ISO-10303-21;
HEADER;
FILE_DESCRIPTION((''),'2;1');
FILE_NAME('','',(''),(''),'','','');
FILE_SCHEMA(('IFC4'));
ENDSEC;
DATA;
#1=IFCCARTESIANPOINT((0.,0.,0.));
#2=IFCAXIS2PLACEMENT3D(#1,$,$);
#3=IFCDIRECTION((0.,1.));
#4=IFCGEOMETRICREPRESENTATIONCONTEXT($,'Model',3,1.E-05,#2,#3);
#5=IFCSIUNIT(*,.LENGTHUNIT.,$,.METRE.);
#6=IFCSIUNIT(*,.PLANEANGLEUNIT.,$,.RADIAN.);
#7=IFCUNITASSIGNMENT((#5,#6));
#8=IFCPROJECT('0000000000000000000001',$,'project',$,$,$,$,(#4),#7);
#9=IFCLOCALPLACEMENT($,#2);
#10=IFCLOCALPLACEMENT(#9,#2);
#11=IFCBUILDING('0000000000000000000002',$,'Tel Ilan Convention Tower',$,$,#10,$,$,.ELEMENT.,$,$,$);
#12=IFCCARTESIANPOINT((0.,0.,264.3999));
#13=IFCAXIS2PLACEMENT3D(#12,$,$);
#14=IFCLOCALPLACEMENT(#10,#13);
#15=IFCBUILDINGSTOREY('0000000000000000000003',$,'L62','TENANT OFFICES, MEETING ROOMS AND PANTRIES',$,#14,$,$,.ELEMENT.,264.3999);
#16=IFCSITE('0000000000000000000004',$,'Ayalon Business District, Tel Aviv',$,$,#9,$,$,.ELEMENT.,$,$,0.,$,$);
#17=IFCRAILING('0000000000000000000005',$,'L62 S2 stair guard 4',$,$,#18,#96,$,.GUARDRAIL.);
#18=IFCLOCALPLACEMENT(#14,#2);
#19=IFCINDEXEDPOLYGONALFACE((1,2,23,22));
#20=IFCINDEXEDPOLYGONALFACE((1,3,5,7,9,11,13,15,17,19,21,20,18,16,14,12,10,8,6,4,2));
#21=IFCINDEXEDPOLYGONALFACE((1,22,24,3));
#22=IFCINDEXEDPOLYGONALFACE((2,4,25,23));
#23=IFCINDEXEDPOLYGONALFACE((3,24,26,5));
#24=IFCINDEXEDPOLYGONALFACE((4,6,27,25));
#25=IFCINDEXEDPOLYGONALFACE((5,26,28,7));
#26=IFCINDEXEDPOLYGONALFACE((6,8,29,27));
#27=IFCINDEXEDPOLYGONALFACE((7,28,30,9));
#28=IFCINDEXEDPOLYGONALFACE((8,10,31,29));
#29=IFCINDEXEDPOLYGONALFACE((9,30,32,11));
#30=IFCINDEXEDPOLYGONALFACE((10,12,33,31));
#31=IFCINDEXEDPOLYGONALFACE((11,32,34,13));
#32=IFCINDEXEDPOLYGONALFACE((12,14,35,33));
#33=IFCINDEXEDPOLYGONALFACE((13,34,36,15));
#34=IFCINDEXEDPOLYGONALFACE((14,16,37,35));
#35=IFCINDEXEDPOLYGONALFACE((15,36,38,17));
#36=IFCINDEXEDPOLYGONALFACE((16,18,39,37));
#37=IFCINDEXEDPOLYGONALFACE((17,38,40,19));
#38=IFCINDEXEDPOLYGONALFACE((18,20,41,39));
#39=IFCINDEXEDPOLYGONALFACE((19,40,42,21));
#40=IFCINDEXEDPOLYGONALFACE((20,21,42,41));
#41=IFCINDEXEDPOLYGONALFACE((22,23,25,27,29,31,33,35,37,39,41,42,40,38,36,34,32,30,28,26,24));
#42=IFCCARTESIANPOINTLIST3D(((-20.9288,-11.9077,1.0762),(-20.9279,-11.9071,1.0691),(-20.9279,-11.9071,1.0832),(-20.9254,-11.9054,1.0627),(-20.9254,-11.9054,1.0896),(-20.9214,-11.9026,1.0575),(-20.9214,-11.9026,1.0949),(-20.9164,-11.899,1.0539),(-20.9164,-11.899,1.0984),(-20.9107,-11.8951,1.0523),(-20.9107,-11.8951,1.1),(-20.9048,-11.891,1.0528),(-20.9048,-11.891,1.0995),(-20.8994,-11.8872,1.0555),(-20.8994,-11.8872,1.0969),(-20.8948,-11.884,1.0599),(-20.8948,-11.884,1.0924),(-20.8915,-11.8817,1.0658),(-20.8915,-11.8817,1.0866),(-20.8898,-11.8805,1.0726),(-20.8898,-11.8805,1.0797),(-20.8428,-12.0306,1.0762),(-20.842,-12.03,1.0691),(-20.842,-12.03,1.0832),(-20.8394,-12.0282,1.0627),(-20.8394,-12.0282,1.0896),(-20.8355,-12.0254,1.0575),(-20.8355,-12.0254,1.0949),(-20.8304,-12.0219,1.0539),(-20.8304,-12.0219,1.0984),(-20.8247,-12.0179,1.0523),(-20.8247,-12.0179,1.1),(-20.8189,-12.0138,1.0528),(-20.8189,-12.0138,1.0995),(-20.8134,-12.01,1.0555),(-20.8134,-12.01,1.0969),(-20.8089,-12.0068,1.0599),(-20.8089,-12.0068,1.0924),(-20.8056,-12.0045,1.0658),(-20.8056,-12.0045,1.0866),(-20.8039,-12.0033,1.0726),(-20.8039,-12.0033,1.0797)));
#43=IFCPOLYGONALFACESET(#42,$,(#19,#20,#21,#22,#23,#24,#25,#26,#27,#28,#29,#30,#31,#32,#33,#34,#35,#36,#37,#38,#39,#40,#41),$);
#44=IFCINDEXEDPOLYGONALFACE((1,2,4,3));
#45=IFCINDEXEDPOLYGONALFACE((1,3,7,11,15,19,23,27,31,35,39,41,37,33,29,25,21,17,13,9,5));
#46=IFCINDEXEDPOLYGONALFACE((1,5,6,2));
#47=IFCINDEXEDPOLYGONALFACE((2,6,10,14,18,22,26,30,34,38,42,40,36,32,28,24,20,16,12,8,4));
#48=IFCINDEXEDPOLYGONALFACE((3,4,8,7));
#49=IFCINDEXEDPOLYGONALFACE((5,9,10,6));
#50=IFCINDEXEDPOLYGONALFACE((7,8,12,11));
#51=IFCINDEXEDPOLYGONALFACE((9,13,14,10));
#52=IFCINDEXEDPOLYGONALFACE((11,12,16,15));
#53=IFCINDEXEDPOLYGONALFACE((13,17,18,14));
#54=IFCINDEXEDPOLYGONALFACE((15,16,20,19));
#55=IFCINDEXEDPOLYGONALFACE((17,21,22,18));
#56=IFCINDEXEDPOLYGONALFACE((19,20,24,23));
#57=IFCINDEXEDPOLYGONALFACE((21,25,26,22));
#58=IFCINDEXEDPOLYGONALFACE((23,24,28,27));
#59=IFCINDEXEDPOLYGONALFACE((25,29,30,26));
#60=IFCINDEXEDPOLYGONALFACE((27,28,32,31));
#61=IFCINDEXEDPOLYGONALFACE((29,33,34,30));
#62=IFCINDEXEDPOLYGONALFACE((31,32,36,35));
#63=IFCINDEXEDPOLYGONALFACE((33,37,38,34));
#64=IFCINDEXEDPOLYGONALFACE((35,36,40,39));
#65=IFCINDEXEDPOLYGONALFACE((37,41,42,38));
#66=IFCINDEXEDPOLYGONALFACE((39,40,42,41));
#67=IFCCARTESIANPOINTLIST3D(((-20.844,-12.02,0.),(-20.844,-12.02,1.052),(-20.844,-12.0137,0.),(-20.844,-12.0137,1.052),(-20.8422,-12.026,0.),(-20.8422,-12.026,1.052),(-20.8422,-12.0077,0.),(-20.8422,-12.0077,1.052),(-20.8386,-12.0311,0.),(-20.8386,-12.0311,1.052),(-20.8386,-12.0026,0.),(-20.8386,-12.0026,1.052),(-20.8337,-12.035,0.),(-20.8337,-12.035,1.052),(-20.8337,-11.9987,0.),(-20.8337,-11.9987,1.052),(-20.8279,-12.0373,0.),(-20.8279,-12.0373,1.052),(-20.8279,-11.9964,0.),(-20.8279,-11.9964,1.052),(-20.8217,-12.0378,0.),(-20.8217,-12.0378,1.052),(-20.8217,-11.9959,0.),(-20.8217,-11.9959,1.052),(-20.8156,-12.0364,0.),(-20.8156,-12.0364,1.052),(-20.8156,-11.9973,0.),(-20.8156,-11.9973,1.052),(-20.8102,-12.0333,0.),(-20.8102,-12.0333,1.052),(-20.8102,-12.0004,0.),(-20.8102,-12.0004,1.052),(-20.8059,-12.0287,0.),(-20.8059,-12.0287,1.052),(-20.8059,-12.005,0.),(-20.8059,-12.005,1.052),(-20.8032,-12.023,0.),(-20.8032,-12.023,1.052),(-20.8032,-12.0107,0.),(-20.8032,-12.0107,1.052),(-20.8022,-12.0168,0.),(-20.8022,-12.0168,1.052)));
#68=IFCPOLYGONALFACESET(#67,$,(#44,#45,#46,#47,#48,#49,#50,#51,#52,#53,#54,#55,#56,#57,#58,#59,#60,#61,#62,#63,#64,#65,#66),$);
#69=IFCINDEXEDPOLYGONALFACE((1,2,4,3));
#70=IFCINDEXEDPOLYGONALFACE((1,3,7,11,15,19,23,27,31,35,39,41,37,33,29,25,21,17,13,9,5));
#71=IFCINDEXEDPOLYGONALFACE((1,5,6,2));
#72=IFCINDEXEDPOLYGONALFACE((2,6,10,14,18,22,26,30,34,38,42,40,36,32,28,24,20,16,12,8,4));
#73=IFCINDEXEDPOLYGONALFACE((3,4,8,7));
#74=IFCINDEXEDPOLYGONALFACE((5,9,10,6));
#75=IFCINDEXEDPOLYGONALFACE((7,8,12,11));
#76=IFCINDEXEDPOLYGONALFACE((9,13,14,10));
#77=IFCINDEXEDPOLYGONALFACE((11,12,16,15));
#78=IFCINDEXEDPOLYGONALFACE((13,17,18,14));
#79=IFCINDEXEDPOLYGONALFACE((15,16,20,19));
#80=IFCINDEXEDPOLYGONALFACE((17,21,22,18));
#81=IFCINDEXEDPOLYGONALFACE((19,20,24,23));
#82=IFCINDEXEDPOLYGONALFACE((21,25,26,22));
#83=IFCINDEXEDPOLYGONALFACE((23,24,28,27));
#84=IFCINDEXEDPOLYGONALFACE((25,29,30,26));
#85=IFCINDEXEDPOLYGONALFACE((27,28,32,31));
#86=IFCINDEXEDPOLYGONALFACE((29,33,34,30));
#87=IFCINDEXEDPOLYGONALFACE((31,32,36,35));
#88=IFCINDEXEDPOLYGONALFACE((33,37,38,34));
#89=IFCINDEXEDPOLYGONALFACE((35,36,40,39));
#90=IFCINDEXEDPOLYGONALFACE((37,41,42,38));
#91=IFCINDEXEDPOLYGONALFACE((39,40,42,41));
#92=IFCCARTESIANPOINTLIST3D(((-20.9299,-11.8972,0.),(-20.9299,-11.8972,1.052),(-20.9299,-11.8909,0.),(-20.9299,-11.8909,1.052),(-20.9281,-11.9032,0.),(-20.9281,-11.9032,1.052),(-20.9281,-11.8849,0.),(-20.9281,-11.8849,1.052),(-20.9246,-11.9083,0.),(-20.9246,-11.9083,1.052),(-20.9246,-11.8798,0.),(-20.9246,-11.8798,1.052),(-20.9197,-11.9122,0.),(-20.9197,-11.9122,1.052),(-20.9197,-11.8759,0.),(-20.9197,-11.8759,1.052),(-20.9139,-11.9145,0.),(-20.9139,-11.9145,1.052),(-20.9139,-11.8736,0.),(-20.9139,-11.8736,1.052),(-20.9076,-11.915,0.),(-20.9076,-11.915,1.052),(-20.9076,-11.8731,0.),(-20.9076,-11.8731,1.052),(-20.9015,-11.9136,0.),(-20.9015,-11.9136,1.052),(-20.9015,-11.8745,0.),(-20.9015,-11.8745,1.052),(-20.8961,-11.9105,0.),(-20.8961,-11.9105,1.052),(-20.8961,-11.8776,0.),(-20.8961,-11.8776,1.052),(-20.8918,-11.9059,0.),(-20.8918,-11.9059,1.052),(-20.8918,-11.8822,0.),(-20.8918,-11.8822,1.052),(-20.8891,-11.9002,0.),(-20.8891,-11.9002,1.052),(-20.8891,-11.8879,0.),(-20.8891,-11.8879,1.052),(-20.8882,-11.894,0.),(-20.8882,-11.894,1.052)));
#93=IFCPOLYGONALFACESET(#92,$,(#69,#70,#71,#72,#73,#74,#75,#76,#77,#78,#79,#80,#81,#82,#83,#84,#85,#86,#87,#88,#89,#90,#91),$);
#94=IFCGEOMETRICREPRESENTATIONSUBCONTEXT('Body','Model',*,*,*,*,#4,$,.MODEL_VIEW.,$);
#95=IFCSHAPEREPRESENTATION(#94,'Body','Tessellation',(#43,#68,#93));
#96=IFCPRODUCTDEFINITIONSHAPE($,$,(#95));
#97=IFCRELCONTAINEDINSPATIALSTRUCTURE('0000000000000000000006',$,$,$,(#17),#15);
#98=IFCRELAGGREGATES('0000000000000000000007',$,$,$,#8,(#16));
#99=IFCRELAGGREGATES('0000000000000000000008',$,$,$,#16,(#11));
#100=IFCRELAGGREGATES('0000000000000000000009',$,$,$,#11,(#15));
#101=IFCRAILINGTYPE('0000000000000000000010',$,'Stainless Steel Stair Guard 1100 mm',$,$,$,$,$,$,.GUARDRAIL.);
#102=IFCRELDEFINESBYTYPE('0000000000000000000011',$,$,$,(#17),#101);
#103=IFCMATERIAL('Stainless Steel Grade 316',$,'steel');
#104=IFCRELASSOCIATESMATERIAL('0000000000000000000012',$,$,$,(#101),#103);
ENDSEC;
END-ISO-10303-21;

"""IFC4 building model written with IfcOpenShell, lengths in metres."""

from ifc_helpers import new_model, si_unit, direction, frame, origin, origin_2d, place, context, subcontext, project, spatial, circle, extrude, material, type_object, element, save


model = new_model("IFC4")

# Units and contexts
model_context = context("Model", 3, precision=1e-05, world=origin(), true_north=direction((0.0, 1.0)))
body_context = subcontext(model_context, "Body", "Model", "MODEL_VIEW")
ifc_project = project(units=[si_unit("LENGTHUNIT", "METRE"), si_unit("PLANEANGLEUNIT", "RADIAN")], contexts=[model_context])

# Site, building, storey
site_placement = place(None, origin())
site = spatial("IfcSite", under=ifc_project, at=site_placement, Name="Ayalon Business District, Tel Aviv", CompositionType="ELEMENT", RefElevation=0.0)
building_placement = place(site_placement, origin())
building = spatial("IfcBuilding", under=site, at=building_placement, Name="Tel Ilan Convention Tower", CompositionType="ELEMENT")
storey_placement = place(building_placement, frame((0.0, 0.0, 264.3999)))
storey = spatial("IfcBuildingStorey", under=building, at=storey_placement, Name="L62", Description="TENANT OFFICES, MEETING ROOMS AND PANTRIES", CompositionType="ELEMENT", Elevation=264.3999)

# Railing
ifc_material_1 = material(Name="Stainless Steel Grade 316", Category="steel")
railing_type_1 = type_object("IfcRailingType", Name="Stainless Steel Stair Guard 1100 mm", PredefinedType="GUARDRAIL", material=ifc_material_1)
railing_1_placement = place(storey_placement, frame((-20.8232, -12.0168, 0.0)))
element("IfcRailing", 1, at=railing_1_placement, inside=storey, type_object=railing_type_1, Name="L62 S2 stair guard 4", PredefinedType="GUARDRAIL", context=body_context, shape_type="SweptSolid", body=[
    extrude(circle(Radius=0.0239, at=origin_2d()), frame((0.0, 0.0, 1.0762), z_axis=(-0.573353, 0.819308, 0.0), x_axis=(-0.819308, -0.573353, 0.0)), (0.0, 0.0, 1.0), 0.1499),
    extrude(circle(Radius=0.021, at=origin_2d()), origin(), (0.0, 0.0, 1.0), 1.052),
    extrude(circle(Radius=0.021, at=origin_2d()), frame((-0.0859, 0.1228, 0.0)), (0.0, 0.0, 1.0), 1.052),
])

save(model, "model.ifc")
